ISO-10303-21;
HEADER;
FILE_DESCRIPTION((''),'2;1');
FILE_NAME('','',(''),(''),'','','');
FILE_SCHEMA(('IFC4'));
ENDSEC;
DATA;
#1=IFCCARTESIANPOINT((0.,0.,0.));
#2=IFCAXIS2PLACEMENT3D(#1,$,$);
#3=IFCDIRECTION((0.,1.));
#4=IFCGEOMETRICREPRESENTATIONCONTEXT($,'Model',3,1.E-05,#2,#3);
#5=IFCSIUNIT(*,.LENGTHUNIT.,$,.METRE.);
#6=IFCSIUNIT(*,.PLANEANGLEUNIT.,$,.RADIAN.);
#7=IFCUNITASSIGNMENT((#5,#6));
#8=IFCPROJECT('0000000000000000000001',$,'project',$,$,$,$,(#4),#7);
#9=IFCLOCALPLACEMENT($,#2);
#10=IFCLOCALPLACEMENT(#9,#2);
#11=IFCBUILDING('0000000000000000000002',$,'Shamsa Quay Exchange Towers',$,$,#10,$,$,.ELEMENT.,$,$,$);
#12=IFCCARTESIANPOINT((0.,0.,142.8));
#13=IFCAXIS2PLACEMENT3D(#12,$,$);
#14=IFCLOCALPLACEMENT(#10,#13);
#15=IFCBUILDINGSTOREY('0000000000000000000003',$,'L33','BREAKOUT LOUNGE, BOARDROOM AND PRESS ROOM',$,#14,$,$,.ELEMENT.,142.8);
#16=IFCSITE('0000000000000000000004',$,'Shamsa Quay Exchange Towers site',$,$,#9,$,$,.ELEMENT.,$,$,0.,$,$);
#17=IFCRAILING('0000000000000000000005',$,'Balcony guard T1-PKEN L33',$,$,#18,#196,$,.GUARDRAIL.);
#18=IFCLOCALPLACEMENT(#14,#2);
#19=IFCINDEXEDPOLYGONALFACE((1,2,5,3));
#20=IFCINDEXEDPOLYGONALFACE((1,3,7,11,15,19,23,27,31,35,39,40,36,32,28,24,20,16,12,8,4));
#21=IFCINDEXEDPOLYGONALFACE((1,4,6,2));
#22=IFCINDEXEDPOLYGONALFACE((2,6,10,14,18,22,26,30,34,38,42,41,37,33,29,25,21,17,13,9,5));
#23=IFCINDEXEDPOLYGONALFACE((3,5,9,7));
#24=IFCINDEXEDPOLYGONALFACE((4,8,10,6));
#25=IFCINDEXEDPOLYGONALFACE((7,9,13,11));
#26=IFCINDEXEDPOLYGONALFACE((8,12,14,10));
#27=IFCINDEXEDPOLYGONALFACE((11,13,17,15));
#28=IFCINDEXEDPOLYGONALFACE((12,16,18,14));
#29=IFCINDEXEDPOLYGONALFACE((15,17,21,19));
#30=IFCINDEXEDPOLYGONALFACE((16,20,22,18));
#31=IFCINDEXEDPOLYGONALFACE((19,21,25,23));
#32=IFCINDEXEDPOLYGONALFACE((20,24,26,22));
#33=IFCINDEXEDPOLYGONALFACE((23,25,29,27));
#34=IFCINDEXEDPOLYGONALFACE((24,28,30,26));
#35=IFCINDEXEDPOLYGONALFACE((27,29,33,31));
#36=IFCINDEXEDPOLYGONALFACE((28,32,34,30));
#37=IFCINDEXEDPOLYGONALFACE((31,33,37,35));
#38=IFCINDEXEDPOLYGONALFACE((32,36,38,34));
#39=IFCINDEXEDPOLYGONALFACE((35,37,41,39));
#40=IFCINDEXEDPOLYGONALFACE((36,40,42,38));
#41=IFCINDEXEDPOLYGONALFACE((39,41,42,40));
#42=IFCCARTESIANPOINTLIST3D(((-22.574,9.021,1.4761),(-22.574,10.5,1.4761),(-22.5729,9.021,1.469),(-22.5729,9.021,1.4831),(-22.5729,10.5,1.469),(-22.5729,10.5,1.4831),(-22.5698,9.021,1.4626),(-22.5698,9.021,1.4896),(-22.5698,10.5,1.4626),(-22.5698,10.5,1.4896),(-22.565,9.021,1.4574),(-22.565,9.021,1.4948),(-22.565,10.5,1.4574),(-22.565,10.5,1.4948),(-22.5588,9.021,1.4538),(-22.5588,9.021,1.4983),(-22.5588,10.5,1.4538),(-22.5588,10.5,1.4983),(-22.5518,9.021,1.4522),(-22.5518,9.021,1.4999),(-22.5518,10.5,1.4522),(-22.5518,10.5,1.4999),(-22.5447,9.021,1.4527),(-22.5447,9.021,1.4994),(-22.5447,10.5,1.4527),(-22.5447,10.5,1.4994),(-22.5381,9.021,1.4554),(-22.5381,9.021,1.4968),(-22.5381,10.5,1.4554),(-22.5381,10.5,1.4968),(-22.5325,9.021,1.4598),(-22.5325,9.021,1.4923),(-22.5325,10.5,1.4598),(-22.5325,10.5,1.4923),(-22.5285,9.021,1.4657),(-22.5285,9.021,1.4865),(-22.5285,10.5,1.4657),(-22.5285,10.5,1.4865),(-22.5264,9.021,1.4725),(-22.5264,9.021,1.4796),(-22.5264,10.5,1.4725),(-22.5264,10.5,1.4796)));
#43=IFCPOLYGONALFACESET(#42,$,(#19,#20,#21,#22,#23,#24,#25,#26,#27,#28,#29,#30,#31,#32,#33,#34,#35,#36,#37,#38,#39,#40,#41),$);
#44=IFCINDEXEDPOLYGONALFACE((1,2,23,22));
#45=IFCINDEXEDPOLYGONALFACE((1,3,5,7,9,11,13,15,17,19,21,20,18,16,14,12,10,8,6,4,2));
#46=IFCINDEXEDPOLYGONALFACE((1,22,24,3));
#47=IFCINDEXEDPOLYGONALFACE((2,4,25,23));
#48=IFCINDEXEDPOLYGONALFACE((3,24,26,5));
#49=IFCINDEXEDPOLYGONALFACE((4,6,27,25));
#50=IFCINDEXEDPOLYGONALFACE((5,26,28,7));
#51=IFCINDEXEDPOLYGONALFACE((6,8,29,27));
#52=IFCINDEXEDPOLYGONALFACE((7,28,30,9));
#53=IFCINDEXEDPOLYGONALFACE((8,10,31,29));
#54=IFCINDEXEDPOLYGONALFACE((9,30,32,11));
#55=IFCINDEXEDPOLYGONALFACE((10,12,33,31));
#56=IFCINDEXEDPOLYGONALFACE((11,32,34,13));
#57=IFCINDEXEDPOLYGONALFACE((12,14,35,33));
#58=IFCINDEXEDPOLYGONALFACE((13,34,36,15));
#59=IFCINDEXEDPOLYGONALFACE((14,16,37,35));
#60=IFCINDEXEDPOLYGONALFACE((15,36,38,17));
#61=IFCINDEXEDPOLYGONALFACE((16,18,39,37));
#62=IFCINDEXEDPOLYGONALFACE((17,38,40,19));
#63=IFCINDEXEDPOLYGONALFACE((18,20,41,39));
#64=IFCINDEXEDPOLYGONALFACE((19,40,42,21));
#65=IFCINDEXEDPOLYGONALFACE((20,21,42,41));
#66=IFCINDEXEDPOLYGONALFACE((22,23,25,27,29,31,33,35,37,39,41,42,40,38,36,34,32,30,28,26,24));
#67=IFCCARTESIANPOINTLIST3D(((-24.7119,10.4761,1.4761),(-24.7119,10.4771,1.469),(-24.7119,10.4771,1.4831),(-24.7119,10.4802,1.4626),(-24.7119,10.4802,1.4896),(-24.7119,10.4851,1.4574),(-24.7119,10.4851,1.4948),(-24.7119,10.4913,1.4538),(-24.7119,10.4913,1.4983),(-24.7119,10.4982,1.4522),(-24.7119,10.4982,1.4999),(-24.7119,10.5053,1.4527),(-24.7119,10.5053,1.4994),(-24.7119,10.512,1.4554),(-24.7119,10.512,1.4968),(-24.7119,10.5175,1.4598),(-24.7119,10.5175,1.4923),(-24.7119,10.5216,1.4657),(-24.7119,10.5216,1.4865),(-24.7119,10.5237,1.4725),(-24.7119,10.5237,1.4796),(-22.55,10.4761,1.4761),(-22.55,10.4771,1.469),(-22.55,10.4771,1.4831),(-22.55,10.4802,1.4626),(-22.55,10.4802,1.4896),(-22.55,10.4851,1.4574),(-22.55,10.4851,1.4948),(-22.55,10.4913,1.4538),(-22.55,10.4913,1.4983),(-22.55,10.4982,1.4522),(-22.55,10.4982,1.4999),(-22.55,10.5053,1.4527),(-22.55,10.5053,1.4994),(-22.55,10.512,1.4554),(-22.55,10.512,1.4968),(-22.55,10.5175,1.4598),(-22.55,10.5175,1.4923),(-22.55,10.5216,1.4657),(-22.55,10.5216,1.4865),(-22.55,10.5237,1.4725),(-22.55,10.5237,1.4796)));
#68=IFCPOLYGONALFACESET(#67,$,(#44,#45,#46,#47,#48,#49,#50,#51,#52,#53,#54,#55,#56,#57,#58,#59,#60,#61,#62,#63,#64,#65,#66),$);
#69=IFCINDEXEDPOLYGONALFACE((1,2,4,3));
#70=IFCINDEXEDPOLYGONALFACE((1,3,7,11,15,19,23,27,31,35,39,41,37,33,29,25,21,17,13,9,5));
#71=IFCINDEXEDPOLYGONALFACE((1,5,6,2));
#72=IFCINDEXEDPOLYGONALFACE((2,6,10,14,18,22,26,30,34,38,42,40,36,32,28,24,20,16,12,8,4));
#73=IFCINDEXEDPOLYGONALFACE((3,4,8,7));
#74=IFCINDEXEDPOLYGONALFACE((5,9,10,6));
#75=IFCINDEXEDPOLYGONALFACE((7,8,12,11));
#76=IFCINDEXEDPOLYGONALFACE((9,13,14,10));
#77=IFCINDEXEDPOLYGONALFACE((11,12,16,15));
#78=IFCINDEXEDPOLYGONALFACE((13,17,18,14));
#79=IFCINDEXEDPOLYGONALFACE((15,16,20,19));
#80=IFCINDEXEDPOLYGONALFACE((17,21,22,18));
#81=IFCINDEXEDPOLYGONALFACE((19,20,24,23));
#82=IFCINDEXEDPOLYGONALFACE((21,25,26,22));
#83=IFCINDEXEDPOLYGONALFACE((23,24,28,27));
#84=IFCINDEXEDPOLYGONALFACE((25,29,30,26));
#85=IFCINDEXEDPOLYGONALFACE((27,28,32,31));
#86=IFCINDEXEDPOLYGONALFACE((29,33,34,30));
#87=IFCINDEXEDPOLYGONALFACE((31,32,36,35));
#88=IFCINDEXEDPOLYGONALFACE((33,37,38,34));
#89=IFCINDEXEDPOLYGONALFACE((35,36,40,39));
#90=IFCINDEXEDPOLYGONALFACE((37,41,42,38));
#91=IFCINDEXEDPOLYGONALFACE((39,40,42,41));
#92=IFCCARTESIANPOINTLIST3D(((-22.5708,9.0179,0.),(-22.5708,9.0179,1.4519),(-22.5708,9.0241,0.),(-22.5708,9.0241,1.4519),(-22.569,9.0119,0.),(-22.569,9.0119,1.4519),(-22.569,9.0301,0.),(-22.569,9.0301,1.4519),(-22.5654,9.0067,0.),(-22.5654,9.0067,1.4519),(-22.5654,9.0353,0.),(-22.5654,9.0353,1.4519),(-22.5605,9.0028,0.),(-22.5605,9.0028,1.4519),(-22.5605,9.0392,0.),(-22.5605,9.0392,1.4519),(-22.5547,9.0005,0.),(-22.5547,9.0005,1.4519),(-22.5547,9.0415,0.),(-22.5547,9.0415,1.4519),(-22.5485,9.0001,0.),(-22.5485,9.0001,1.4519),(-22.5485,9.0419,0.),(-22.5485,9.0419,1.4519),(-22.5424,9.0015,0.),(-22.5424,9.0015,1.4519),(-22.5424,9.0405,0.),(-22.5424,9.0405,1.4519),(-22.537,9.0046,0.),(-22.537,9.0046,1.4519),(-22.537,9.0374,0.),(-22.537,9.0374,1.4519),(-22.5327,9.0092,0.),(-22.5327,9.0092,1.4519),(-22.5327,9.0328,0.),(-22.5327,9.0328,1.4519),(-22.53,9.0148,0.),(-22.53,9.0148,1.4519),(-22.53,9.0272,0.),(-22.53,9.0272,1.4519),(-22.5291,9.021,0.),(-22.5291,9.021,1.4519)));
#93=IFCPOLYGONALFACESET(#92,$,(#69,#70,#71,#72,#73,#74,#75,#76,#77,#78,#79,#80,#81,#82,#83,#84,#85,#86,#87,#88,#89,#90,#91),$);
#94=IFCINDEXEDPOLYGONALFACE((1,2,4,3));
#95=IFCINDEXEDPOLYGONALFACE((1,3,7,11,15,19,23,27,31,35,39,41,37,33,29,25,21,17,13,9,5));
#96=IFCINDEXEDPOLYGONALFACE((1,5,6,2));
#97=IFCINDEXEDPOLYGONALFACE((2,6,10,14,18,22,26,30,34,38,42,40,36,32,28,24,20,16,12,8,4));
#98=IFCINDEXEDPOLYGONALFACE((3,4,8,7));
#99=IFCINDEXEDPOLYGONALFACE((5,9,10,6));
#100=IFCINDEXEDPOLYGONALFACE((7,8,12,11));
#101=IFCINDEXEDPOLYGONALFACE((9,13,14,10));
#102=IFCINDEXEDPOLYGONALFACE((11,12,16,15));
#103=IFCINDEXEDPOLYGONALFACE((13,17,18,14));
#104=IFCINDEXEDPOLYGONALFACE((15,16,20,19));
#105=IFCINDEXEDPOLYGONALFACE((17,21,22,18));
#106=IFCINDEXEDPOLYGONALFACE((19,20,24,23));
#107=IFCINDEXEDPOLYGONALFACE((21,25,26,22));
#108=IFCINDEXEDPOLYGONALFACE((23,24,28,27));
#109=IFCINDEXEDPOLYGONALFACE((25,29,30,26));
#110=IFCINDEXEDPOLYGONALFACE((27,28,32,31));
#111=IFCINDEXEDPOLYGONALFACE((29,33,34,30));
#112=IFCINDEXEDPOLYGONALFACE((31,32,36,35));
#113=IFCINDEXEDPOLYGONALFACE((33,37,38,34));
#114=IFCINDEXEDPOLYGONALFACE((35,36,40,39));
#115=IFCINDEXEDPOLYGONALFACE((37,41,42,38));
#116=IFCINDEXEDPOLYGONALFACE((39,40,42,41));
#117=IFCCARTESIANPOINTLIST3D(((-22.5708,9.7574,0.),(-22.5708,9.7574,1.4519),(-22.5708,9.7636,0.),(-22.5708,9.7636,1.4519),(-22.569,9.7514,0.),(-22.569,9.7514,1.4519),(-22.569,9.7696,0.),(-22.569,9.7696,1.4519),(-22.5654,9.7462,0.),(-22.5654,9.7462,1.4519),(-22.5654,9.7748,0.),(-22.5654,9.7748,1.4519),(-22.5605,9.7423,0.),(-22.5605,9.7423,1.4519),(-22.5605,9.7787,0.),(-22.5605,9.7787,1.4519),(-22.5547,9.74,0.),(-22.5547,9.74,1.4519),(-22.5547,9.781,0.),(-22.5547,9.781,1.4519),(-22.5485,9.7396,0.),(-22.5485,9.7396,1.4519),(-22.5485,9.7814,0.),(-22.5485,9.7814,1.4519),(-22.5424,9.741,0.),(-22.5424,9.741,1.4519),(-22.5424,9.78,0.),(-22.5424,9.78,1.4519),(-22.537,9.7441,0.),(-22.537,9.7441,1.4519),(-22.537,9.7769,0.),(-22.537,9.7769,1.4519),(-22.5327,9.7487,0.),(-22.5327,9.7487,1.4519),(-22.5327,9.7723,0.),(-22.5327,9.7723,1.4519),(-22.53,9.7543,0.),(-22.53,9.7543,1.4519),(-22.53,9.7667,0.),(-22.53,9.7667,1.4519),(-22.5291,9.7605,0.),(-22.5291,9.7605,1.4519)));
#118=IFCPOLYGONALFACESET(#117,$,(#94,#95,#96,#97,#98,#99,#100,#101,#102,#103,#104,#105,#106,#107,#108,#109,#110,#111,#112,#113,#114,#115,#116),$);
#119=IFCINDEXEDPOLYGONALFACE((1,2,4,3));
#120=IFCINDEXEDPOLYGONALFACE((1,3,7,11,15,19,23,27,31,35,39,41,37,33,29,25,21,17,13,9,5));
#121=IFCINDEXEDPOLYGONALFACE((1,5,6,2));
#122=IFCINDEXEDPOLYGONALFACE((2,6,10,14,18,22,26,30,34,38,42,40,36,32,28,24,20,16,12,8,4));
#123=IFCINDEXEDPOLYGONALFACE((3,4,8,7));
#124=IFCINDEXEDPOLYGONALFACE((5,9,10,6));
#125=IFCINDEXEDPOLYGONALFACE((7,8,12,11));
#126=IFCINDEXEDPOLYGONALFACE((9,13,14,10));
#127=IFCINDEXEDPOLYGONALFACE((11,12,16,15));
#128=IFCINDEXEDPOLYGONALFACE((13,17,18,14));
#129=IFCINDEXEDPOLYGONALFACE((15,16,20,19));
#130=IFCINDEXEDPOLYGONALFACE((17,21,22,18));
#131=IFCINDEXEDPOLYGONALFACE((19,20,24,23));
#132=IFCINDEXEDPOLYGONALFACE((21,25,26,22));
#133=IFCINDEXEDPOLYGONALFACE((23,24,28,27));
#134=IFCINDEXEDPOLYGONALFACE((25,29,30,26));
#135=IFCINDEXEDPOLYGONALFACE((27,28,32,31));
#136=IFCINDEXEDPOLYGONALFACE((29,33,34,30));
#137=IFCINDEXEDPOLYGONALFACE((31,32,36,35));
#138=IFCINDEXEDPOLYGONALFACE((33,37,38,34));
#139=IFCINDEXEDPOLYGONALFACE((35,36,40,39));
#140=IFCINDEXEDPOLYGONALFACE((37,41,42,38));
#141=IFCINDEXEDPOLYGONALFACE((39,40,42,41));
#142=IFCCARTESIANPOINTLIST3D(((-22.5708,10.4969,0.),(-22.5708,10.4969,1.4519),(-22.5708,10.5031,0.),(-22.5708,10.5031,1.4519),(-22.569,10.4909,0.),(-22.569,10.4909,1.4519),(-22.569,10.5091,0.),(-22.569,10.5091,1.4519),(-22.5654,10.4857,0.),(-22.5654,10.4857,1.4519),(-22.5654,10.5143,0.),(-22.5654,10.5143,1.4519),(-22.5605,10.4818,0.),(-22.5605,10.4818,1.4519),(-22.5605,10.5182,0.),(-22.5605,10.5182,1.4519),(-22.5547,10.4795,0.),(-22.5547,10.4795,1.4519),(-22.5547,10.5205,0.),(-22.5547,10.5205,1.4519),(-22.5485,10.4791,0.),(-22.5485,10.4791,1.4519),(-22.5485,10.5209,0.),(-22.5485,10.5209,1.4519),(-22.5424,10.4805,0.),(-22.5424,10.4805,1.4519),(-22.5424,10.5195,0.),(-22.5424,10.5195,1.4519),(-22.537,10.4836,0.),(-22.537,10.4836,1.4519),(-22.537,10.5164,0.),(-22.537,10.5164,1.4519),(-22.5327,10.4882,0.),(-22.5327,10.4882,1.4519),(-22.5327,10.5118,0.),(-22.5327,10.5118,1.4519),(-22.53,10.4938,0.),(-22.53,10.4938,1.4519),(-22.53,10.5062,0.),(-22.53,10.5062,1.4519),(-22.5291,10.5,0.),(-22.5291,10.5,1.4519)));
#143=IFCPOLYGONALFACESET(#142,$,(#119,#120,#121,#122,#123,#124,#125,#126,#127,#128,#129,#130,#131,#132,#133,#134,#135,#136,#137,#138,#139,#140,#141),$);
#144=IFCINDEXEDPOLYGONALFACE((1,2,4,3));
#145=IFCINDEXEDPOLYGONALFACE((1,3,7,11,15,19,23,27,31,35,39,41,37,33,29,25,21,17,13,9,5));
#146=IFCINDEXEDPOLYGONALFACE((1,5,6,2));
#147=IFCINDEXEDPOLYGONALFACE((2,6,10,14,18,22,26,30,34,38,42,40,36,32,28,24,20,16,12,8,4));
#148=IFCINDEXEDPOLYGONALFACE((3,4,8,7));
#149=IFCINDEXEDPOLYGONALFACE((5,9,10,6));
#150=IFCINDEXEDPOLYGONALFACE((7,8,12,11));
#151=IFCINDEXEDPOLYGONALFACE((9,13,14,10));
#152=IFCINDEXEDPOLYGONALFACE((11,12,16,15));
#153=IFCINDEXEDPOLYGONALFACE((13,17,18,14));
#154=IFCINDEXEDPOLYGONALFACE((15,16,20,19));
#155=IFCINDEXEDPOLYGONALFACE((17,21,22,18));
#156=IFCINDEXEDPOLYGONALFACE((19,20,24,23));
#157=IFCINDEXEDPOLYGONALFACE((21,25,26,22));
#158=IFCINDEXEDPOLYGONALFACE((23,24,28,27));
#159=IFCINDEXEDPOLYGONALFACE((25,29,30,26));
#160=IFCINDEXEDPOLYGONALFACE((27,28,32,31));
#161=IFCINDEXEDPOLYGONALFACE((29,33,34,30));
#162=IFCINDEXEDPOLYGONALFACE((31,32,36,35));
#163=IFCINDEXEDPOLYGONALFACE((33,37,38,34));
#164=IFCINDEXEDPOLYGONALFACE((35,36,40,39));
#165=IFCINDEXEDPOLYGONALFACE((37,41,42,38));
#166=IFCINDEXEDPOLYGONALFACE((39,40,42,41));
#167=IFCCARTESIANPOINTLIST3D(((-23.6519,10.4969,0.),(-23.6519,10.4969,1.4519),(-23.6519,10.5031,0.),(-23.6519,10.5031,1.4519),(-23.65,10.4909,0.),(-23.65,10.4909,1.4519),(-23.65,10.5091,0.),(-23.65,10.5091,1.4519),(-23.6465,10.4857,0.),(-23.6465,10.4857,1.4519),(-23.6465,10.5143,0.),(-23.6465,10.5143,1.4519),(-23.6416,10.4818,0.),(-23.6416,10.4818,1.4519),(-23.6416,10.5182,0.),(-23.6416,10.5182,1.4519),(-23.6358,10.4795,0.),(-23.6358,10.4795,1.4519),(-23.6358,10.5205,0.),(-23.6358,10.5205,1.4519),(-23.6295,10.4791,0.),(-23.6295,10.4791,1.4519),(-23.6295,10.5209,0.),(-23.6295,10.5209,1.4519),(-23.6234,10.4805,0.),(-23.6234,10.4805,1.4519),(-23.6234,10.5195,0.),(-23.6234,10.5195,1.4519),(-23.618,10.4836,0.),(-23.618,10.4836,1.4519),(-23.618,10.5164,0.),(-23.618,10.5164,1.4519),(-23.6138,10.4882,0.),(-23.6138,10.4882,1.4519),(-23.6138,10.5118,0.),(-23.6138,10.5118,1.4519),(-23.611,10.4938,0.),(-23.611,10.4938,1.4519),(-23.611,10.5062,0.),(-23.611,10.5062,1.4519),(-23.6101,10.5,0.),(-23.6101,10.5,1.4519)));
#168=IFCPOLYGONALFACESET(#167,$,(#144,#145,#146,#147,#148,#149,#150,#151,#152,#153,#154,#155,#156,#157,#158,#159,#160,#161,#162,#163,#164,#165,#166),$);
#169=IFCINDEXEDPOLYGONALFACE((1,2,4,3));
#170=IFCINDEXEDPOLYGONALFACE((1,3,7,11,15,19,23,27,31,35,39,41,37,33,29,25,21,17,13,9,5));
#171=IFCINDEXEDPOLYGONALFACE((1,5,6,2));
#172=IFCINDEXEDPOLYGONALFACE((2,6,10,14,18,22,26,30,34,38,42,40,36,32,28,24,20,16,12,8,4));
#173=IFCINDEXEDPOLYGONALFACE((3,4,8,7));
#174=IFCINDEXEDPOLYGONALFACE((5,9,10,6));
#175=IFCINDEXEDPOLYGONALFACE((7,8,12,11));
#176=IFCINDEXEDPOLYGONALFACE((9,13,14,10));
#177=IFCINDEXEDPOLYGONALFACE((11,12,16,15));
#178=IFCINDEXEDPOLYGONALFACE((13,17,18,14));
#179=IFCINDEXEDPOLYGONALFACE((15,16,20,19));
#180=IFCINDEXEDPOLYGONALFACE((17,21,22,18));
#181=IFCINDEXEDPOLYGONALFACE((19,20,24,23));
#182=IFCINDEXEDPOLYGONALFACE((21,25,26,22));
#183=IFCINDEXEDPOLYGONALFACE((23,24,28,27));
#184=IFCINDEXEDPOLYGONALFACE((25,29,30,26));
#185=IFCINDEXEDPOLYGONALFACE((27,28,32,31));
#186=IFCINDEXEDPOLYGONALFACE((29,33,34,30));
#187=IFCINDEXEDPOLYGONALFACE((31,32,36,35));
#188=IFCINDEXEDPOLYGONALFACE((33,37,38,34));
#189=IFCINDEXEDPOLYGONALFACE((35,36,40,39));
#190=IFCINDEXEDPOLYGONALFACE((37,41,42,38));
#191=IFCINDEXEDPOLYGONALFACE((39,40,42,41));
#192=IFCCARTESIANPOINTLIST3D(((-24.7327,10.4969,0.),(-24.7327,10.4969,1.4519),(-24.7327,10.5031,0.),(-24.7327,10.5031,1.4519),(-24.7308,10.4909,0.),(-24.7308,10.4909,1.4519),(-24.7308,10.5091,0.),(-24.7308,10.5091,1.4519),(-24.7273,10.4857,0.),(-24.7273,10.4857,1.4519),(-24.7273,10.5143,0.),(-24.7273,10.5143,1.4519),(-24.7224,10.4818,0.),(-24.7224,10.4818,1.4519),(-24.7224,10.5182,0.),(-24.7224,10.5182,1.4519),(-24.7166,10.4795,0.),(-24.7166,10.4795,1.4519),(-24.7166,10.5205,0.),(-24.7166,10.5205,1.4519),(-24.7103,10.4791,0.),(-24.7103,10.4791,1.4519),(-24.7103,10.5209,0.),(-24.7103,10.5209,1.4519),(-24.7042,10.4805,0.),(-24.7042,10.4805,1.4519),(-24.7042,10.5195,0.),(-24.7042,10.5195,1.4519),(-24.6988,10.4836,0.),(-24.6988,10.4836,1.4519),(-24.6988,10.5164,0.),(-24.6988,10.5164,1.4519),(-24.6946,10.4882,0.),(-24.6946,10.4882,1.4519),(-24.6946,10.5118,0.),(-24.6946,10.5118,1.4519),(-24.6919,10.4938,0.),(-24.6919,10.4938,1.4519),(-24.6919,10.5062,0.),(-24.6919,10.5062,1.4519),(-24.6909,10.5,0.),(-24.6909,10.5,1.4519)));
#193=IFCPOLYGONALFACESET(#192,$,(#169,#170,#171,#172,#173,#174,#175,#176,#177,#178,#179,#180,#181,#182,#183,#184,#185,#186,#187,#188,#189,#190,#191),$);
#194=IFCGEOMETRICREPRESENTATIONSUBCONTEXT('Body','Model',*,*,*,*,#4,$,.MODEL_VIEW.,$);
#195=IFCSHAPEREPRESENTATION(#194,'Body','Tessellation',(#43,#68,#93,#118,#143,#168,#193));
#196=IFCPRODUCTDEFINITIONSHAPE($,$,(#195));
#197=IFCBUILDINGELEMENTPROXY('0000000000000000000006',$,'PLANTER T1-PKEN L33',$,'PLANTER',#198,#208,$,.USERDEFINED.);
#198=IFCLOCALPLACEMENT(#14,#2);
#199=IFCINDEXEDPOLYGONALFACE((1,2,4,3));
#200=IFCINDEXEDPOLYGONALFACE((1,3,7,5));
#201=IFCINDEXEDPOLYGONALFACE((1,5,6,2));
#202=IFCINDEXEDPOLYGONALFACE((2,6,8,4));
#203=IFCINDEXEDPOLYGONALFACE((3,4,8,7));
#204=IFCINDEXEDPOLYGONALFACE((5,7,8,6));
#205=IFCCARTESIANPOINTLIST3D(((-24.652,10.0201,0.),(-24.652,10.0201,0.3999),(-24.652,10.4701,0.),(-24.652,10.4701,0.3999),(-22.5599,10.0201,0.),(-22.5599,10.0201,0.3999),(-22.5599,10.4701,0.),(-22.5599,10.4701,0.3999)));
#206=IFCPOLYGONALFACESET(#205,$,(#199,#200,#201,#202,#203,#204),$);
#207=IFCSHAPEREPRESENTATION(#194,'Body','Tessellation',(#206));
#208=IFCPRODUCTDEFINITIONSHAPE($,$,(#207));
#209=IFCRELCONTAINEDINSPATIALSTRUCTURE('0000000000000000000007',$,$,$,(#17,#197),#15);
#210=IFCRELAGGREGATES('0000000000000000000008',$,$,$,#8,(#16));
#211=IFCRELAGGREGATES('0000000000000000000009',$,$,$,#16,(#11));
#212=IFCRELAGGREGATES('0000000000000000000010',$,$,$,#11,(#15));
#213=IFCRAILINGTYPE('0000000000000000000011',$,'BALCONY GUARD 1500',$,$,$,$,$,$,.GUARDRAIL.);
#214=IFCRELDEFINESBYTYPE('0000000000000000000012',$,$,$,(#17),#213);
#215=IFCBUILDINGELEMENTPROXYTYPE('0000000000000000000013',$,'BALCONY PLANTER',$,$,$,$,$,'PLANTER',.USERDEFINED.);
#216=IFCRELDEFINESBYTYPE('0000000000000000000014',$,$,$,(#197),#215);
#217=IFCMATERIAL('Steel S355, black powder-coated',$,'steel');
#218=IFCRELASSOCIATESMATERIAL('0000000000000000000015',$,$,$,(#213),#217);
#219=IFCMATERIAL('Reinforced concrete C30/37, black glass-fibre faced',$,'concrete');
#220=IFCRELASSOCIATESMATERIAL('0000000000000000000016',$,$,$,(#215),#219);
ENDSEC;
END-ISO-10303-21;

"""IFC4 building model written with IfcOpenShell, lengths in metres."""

from ifc_helpers import new_model, si_unit, direction, frame, origin, origin_2d, place, context, subcontext, project, spatial, rectangle, circle, extrude, material, type_object, element, save


model = new_model("IFC4")

# Units and contexts
model_context = context("Model", 3, precision=1e-05, world=origin(), true_north=direction((0.0, 1.0)))
body_context = subcontext(model_context, "Body", "Model", "MODEL_VIEW")
ifc_project = project(units=[si_unit("LENGTHUNIT", "METRE"), si_unit("PLANEANGLEUNIT", "RADIAN")], contexts=[model_context])

# Site, building, storey
site_placement = place(None, origin())
site = spatial("IfcSite", under=ifc_project, at=site_placement, Name="Shamsa Quay Exchange Towers site", CompositionType="ELEMENT", RefElevation=0.0)
building_placement = place(site_placement, origin())
building = spatial("IfcBuilding", under=site, at=building_placement, Name="Shamsa Quay Exchange Towers", CompositionType="ELEMENT")
storey_placement = place(building_placement, frame((0.0, 0.0, 142.8)))
storey = spatial("IfcBuildingStorey", under=building, at=storey_placement, Name="L33", Description="BREAKOUT LOUNGE, BOARDROOM AND PRESS ROOM", CompositionType="ELEMENT", Elevation=142.8)

# Railing
ifc_material_1 = material(Name="Steel S355, black powder-coated", Category="steel")
railing_type = type_object("IfcRailingType", Name="BALCONY GUARD 1500", PredefinedType="GUARDRAIL", material=ifc_material_1)
railing_placement = place(storey_placement, frame((-22.55, 9.021, 0.0)))
element("IfcRailing", 1, at=railing_placement, inside=storey, type_object=railing_type, Name="Balcony guard T1-PKEN L33", PredefinedType="GUARDRAIL", context=body_context, shape_type="SweptSolid", body=[
    extrude(circle(Radius=0.0239, at=origin_2d()), frame((0.0, 0.0, 1.4761), z_axis=(0.0, 1.0, 0.0), x_axis=(-1.0, 0.0, 0.0)), (0.0, 0.0, 1.0), 1.479),
    extrude(circle(Radius=0.0239, at=origin_2d()), frame((0.0, 1.479, 1.4761), z_axis=(-1.0, 0.0, 0.0), x_axis=(0.0, -1.0, 0.0)), (0.0, 0.0, 1.0), 2.1619),
    extrude(circle(Radius=0.021, at=origin_2d()), origin(), (0.0, 0.0, 1.0), 1.4519),
    extrude(circle(Radius=0.021, at=origin_2d()), frame((0.0, 0.7395, 0.0)), (0.0, 0.0, 1.0), 1.4519),
    extrude(circle(Radius=0.021, at=origin_2d()), frame((0.0, 1.479, 0.0)), (0.0, 0.0, 1.0), 1.4519),
    extrude(circle(Radius=0.021, at=origin_2d()), frame((-1.0811, 1.479, 0.0)), (0.0, 0.0, 1.0), 1.4519),
    extrude(circle(Radius=0.021, at=origin_2d()), frame((-2.1619, 1.479, 0.0)), (0.0, 0.0, 1.0), 1.4519),
])

# Building element proxy
ifc_material_2 = material(Name="Reinforced concrete C30/37, black glass-fibre faced", Category="concrete")
building_element_proxy_type = type_object("IfcBuildingElementProxyType", Name="BALCONY PLANTER", ElementType="PLANTER", PredefinedType="USERDEFINED", material=ifc_material_2)
proxy_placement = place(storey_placement, frame((-23.606, 10.2451, 0.0), z_axis=(0.0, 0.0, 1.0), x_axis=(-1.0, 0.0, 0.0)))
element("IfcBuildingElementProxy", 2, at=proxy_placement, inside=storey, type_object=building_element_proxy_type, Name="PLANTER T1-PKEN L33", ObjectType="PLANTER", PredefinedType="USERDEFINED", context=body_context, shape_type="SweptSolid", body=[
    extrude(rectangle(XDim=2.092, YDim=0.45, at=origin_2d()), origin(), (0.0, 0.0, 1.0), 0.3999),
])

save(model, "model.ifc")
